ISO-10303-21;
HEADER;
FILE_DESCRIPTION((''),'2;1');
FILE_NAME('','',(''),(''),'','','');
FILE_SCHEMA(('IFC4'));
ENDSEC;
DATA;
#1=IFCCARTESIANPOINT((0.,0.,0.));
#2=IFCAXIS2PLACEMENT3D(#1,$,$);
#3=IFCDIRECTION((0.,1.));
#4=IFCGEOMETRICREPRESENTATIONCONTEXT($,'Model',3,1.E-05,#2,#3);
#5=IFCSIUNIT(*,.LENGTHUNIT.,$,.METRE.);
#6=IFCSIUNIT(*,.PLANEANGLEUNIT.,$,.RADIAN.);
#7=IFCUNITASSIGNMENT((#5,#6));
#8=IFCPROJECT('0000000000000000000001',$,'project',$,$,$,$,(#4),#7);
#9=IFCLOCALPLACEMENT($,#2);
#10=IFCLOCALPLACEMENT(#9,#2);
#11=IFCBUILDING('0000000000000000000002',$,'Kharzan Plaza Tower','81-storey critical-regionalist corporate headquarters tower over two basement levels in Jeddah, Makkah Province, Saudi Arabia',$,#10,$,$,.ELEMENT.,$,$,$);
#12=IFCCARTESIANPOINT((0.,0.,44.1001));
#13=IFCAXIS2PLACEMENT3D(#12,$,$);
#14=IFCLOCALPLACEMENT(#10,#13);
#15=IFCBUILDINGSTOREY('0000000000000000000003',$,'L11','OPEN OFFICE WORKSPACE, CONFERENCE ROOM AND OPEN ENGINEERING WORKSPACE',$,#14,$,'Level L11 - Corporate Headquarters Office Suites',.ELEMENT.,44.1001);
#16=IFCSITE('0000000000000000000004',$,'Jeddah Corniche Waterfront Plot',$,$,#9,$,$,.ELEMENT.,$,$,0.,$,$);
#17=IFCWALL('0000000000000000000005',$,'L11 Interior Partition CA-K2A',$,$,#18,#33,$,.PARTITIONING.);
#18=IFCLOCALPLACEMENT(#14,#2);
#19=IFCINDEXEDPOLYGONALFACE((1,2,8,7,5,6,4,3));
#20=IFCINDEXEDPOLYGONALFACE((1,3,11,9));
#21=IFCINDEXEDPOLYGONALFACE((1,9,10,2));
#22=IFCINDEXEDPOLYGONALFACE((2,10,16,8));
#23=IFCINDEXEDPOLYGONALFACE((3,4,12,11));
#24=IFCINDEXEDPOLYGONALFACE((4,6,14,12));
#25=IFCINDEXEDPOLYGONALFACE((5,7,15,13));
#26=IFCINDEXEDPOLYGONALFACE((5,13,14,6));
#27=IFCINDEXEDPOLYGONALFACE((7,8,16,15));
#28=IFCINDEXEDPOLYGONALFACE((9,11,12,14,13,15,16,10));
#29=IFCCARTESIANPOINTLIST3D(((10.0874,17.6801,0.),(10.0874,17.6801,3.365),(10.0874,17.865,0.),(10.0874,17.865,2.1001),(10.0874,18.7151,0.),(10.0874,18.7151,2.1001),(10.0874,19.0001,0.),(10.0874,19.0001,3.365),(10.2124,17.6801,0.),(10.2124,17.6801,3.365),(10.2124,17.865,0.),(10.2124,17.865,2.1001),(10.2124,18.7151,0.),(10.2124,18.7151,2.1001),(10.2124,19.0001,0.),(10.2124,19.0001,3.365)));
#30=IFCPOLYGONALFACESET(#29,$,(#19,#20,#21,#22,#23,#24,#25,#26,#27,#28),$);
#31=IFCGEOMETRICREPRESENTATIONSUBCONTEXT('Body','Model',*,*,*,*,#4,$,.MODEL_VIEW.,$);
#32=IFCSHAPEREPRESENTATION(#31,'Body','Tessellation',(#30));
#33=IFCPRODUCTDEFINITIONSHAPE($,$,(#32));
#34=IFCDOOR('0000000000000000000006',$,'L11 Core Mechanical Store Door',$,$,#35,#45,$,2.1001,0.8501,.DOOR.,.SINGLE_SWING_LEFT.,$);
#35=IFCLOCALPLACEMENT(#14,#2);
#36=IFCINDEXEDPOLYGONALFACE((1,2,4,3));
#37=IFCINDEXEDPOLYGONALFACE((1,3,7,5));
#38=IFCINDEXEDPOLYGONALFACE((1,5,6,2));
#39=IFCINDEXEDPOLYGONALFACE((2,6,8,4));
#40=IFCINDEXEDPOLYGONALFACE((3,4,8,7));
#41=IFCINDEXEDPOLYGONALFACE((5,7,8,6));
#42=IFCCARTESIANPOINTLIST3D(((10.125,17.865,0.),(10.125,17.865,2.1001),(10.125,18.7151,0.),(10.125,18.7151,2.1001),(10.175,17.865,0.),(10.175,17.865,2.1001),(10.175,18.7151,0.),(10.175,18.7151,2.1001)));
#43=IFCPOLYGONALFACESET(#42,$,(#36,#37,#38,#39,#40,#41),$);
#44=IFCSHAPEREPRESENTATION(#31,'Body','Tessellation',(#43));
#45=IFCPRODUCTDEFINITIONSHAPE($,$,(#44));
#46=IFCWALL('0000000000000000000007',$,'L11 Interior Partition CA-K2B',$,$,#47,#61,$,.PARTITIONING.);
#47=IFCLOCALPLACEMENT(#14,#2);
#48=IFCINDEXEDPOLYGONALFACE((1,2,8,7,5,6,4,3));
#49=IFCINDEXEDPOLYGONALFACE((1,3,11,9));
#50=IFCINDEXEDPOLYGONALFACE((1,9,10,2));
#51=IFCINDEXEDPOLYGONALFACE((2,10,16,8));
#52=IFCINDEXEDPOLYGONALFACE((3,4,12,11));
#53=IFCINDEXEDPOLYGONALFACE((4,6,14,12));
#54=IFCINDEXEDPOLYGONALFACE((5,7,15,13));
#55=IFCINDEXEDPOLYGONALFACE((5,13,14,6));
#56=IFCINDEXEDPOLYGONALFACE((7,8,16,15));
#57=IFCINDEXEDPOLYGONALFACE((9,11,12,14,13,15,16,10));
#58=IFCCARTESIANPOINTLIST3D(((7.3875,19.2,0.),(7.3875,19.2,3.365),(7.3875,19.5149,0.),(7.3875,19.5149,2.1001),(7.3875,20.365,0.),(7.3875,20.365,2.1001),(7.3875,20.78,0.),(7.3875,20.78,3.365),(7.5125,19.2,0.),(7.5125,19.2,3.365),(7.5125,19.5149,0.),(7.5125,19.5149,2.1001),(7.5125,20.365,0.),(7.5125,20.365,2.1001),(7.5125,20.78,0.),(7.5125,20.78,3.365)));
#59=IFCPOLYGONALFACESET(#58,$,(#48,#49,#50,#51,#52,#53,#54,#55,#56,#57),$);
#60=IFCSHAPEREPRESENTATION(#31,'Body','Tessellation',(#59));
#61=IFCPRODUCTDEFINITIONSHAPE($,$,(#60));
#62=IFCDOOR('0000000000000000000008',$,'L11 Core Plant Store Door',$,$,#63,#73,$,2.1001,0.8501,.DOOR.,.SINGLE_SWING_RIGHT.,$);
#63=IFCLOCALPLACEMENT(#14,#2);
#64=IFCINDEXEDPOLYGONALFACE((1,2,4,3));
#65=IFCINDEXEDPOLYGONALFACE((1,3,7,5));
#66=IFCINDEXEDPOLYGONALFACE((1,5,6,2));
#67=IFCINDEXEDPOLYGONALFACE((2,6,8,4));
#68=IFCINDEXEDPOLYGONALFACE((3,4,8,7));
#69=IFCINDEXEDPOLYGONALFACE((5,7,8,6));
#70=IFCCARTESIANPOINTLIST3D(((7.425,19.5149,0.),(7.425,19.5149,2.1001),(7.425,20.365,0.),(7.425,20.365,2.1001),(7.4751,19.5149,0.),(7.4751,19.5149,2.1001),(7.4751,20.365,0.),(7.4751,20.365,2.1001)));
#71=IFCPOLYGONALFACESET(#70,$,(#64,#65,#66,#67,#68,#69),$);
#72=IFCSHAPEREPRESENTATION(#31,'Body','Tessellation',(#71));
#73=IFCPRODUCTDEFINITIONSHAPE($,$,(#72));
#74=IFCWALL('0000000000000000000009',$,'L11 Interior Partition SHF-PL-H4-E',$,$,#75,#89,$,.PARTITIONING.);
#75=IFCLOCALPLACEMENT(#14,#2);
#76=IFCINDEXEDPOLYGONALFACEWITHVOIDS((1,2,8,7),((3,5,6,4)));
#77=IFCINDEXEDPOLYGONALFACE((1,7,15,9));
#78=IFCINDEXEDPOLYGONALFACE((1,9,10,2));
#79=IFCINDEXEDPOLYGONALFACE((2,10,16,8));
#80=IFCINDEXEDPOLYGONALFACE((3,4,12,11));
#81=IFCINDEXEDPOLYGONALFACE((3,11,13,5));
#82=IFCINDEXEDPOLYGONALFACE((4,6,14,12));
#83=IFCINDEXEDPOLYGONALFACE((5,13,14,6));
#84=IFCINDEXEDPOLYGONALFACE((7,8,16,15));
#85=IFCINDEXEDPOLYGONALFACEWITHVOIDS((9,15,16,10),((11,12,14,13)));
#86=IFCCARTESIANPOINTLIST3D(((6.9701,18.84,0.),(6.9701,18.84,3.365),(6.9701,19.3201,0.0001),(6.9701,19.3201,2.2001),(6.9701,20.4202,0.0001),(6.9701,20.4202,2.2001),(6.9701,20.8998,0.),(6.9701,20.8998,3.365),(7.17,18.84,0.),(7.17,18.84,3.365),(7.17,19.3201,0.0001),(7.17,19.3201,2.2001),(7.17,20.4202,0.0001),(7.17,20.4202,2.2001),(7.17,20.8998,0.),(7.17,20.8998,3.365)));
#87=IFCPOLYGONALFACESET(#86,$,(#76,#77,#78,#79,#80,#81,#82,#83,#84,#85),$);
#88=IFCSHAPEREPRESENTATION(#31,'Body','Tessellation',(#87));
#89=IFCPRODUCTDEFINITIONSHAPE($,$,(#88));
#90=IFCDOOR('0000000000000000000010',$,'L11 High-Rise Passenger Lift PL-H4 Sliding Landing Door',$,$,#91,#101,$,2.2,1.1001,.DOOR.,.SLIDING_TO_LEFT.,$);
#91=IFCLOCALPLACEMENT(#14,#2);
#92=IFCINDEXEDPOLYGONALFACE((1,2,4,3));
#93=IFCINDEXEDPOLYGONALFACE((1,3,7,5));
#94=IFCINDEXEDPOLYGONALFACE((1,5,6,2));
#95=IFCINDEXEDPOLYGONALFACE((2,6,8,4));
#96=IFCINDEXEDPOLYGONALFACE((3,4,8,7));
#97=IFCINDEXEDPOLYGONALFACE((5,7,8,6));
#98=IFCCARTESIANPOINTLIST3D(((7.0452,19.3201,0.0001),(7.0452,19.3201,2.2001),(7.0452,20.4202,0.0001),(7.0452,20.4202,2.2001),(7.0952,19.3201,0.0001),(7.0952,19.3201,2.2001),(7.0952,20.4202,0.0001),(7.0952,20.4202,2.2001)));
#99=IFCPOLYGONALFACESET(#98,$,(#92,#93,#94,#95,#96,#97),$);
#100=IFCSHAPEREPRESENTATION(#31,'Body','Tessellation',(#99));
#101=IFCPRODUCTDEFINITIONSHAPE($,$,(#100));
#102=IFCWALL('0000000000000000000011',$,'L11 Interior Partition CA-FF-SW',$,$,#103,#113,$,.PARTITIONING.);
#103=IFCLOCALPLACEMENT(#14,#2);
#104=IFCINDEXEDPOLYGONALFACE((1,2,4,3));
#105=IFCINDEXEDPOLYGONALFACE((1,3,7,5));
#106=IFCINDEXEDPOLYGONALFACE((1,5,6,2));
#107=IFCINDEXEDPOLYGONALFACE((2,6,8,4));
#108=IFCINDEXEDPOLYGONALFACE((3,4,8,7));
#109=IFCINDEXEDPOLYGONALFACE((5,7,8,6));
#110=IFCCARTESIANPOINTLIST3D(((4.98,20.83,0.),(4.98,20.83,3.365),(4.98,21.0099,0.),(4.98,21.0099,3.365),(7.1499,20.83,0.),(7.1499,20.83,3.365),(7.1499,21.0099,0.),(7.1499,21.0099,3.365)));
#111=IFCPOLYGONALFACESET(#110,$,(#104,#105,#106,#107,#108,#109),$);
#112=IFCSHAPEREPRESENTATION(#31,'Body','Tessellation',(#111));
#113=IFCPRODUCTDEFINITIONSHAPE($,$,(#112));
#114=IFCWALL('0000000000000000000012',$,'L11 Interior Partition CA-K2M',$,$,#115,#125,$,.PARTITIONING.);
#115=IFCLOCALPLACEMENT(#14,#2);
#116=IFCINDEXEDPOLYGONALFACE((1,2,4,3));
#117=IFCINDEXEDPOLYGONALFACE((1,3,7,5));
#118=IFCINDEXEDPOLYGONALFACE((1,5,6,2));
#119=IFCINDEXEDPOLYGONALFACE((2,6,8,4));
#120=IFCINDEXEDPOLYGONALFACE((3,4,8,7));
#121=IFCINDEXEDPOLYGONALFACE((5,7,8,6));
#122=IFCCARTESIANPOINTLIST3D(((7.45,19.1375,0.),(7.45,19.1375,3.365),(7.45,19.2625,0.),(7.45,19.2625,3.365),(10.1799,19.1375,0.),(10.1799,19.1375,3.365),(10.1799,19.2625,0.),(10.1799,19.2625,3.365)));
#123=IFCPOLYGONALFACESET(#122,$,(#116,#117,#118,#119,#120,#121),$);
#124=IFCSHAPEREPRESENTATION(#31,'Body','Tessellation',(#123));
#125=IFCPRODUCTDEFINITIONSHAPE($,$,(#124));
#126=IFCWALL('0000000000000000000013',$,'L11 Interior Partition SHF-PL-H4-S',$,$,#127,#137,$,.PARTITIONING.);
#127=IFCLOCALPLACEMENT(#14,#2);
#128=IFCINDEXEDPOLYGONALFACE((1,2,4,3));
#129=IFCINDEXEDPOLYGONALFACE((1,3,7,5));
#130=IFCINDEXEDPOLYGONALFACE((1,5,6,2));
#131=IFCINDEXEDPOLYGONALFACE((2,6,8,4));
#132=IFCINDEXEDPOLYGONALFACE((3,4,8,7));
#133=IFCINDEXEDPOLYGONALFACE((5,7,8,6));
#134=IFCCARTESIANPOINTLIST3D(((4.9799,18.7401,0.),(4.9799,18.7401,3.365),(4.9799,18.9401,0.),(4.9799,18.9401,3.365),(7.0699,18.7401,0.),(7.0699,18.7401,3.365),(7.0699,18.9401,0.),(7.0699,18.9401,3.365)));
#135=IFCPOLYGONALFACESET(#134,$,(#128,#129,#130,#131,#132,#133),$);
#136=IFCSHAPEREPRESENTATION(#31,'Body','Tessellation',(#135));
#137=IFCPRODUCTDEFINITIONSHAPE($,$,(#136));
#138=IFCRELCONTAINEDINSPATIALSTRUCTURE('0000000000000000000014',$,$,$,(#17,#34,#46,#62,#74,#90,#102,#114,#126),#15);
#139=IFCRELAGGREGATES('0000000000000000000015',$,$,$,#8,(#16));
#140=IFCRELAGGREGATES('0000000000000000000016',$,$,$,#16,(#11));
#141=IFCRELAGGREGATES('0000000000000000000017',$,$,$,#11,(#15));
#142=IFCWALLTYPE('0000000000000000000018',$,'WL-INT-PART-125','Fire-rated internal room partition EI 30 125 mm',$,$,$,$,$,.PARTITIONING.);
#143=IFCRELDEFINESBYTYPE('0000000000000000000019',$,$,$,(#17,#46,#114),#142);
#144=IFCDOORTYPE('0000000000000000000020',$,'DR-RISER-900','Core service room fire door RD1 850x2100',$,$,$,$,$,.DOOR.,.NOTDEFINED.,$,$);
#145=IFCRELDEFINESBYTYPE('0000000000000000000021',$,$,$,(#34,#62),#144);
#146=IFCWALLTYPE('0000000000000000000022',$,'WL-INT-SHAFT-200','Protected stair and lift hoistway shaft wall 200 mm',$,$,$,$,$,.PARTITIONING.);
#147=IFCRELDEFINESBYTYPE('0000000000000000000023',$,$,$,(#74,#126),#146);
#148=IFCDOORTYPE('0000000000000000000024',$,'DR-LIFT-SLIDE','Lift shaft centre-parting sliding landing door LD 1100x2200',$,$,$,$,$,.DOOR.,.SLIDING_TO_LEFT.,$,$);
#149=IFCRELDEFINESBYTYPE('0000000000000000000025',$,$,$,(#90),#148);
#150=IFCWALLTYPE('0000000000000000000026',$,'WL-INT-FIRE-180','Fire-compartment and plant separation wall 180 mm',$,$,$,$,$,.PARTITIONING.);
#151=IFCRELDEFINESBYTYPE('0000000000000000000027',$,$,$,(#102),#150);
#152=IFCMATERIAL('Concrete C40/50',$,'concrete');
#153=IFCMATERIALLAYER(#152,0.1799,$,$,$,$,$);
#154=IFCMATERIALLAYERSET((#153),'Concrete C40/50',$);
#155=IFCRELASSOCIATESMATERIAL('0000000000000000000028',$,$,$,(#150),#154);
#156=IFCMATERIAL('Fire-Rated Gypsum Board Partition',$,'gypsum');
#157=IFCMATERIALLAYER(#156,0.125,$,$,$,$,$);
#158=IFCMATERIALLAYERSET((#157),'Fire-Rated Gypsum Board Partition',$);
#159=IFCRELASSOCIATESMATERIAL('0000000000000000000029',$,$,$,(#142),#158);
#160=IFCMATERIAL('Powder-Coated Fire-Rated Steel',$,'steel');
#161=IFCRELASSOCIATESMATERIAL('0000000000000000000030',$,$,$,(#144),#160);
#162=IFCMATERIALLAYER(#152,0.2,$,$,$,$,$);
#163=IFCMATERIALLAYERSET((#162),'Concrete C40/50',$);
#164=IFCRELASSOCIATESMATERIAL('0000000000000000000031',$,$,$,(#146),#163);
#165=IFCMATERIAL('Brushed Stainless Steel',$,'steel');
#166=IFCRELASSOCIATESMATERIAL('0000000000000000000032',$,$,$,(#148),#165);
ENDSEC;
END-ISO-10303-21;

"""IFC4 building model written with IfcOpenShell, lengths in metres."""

from ifc_helpers import new_model, si_unit, direction, frame, frame_2d, origin, place, context, subcontext, project, spatial, rectangle, extrude, source, transform, mapped, material, layer, layer_set, type_object, element, fill, save


model = new_model("IFC4")

# Units and contexts
model_context = context("Model", 3, precision=1e-05, world=origin(), true_north=direction((0.0, 1.0)))
body_context = subcontext(model_context, "Body", "Model", "MODEL_VIEW")
ifc_project = project(units=[si_unit("LENGTHUNIT", "METRE"), si_unit("PLANEANGLEUNIT", "RADIAN")], contexts=[model_context])

# Site, building, storey
site_placement = place(None, origin())
site = spatial("IfcSite", under=ifc_project, at=site_placement, Name="Jeddah Corniche Waterfront Plot", CompositionType="ELEMENT", RefElevation=0.0)
building_placement = place(site_placement, origin())
building = spatial("IfcBuilding", under=site, at=building_placement, Name="Kharzan Plaza Tower", Description="81-storey critical-regionalist corporate headquarters tower over two basement levels in Jeddah, Makkah Province, Saudi Arabia", CompositionType="ELEMENT")
storey_placement = place(building_placement, frame((0.0, 0.0, 44.1001)))
storey = spatial("IfcBuildingStorey", under=building, at=storey_placement, Name="L11", Description="OPEN OFFICE WORKSPACE, CONFERENCE ROOM AND OPEN ENGINEERING WORKSPACE", LongName="Level L11 - Corporate Headquarters Office Suites", CompositionType="ELEMENT", Elevation=44.1001)

# Shared definitions
ifc_material_1 = material(Name="Concrete C40/50", Category="concrete")

# Walls, openings, doors
ifc_layer_1 = layer(ifc_material_1, 0.1799)
ifc_layer_set_1 = layer_set([ifc_layer_1], Name="Concrete C40/50")
wall_type_1 = type_object("IfcWallType", Name="WL-INT-FIRE-180", Description="Fire-compartment and plant separation wall 180 mm", PredefinedType="PARTITIONING", material=ifc_layer_set_1)
ifc_material_2 = material(Name="Fire-Rated Gypsum Board Partition", Category="gypsum")
ifc_layer_2 = layer(ifc_material_2, 0.125)
ifc_layer_set_2 = layer_set([ifc_layer_2], Name="Fire-Rated Gypsum Board Partition")
wall_type_2 = type_object("IfcWallType", Name="WL-INT-PART-125", Description="Fire-rated internal room partition EI 30 125 mm", PredefinedType="PARTITIONING", material=ifc_layer_set_2)
wall_1_placement = place(storey_placement, frame((10.1499, 17.6799, 0.0), z_axis=(0.0, 0.0, 1.0), x_axis=(0.0, 1.0, 0.0)))
wall_1 = element("IfcWall", 1, at=wall_1_placement, inside=storey, type_object=wall_type_2, Name="L11 Interior Partition CA-K2A", PredefinedType="PARTITIONING", context=body_context, shape_type="SweptSolid", body=[
    extrude(rectangle(XDim=1.3201, YDim=0.125, at=frame_2d((0.6602, 0.0))), origin(), (0.0, 0.0, 1.0), 3.365),
])
opening_1_placement = place(wall_1_placement, frame((0.1851, 0.0, 0.0)))
opening_1 = element("IfcOpeningElement", 2, at=opening_1_placement, cuts=wall_1, PredefinedType="OPENING", context=body_context, shape_type="SweptSolid", body=[
    extrude(rectangle(XDim=0.8501, YDim=2.1001, at=frame_2d((0.425, 1.05))), frame((0.0, 0.0725, 0.0), z_axis=(0.0, -1.0, 0.0), x_axis=(1.0, 0.0, 0.0)), (0.0, 0.0, 1.0), 0.145),
])
ifc_material_3 = material(Name="Powder-Coated Fire-Rated Steel", Category="steel")
door_type_1 = type_object("IfcDoorType", Name="DR-RISER-900", Description="Core service room fire door RD1 850x2100", OperationType="NOTDEFINED", PredefinedType="DOOR", material=ifc_material_3)
shared_shape_1 = source(origin(), body_context, "Body", "SweptSolid", [
    extrude(rectangle(XDim=0.8501, YDim=2.1001, at=frame_2d((0.425, 1.05))), frame((0.0, 0.0249, 0.0), z_axis=(0.0, -1.0, 0.0), x_axis=(1.0, 0.0, 0.0)), (0.0, 0.0, 1.0), 0.05),
])
door_1_placement = place(opening_1_placement, origin())
door_1 = element("IfcDoor", 3, at=door_1_placement, inside=storey, type_object=door_type_1, Name="L11 Core Mechanical Store Door", OperationType="SINGLE_SWING_LEFT", OverallHeight=2.1001, OverallWidth=0.8501, PredefinedType="DOOR", context=body_context, shape_type="MappedRepresentation", body=[
    mapped(shared_shape_1, transform((0.0, 0.0, 0.0), x_axis=(1.0, 0.0, 0.0), y_axis=(0.0, 1.0, 0.0), z_axis=(0.0, 0.0, 1.0))),
])
fill(opening_1, door_1)
wall_2_placement = place(storey_placement, frame((7.45, 19.2, 0.0), z_axis=(0.0, 0.0, 1.0), x_axis=(0.0, 1.0, 0.0)))
wall_2 = element("IfcWall", 4, at=wall_2_placement, inside=storey, type_object=wall_type_2, Name="L11 Interior Partition CA-K2B", PredefinedType="PARTITIONING", context=body_context, shape_type="SweptSolid", body=[
    extrude(rectangle(XDim=1.5801, YDim=0.125, at=frame_2d((0.79, 0.0))), origin(), (0.0, 0.0, 1.0), 3.365),
])
opening_2_placement = place(wall_2_placement, frame((0.3149, 0.0, 0.0)))
opening_2 = element("IfcOpeningElement", 5, at=opening_2_placement, cuts=wall_2, PredefinedType="OPENING", context=body_context, shape_type="SweptSolid", body=[
    extrude(rectangle(XDim=0.8501, YDim=2.1001, at=frame_2d((0.425, 1.05))), frame((0.0, 0.0725, 0.0), z_axis=(0.0, -1.0, 0.0), x_axis=(1.0, 0.0, 0.0)), (0.0, 0.0, 1.0), 0.145),
])
door_2_placement = place(opening_2_placement, origin())
door_2 = element("IfcDoor", 6, at=door_2_placement, inside=storey, type_object=door_type_1, Name="L11 Core Plant Store Door", OperationType="SINGLE_SWING_RIGHT", OverallHeight=2.1001, OverallWidth=0.8501, PredefinedType="DOOR", context=body_context, shape_type="MappedRepresentation", body=[
    mapped(shared_shape_1, transform((0.0, 0.0, 0.0), x_axis=(1.0, 0.0, 0.0), y_axis=(0.0, 1.0, 0.0), z_axis=(0.0, 0.0, 1.0))),
])
fill(opening_2, door_2)
ifc_layer_3 = layer(ifc_material_1, 0.2)
ifc_layer_set_3 = layer_set([ifc_layer_3], Name="Concrete C40/50")
wall_type_3 = type_object("IfcWallType", Name="WL-INT-SHAFT-200", Description="Protected stair and lift hoistway shaft wall 200 mm", PredefinedType="PARTITIONING", material=ifc_layer_set_3)
wall_3_placement = place(storey_placement, frame((7.0701, 18.8401, 0.0), z_axis=(0.0, 0.0, 1.0), x_axis=(0.0, 1.0, 0.0)))
wall_3 = element("IfcWall", 7, at=wall_3_placement, inside=storey, type_object=wall_type_3, Name="L11 Interior Partition SHF-PL-H4-E", PredefinedType="PARTITIONING", context=body_context, shape_type="SweptSolid", body=[
    extrude(rectangle(XDim=2.0598, YDim=0.2, at=frame_2d((1.0298, 0.0))), origin(), (0.0, 0.0, 1.0), 3.365),
])
opening_3_placement = place(wall_3_placement, frame((0.48, 0.0, 0.0)))
opening_3 = element("IfcOpeningElement", 8, at=opening_3_placement, cuts=wall_3, PredefinedType="OPENING", context=body_context, shape_type="SweptSolid", body=[
    extrude(rectangle(XDim=1.1001, YDim=2.2, at=frame_2d((0.55, 1.1001))), frame((0.0, 0.1099, 0.0), z_axis=(0.0, -1.0, 0.0), x_axis=(1.0, 0.0, 0.0)), (0.0, 0.0, 1.0), 0.22),
])
ifc_material_4 = material(Name="Brushed Stainless Steel", Category="steel")
door_type_2 = type_object("IfcDoorType", Name="DR-LIFT-SLIDE", Description="Lift shaft centre-parting sliding landing door LD 1100x2200", OperationType="SLIDING_TO_LEFT", PredefinedType="DOOR", material=ifc_material_4)
shared_shape_2 = source(origin(), body_context, "Body", "SweptSolid", [
    extrude(rectangle(XDim=1.1001, YDim=2.2, at=frame_2d((0.55, 1.1001))), frame((0.0, 0.0249, 0.0), z_axis=(0.0, -1.0, 0.0), x_axis=(1.0, 0.0, 0.0)), (0.0, 0.0, 1.0), 0.05),
])
door_3_placement = place(opening_3_placement, origin())
door_3 = element("IfcDoor", 9, at=door_3_placement, inside=storey, type_object=door_type_2, Name="L11 High-Rise Passenger Lift PL-H4 Sliding Landing Door", OperationType="SLIDING_TO_LEFT", OverallHeight=2.2, OverallWidth=1.1001, PredefinedType="DOOR", context=body_context, shape_type="MappedRepresentation", body=[
    mapped(shared_shape_2, transform((0.0, 0.0, 0.0), x_axis=(1.0, 0.0, 0.0), y_axis=(0.0, 1.0, 0.0), z_axis=(0.0, 0.0, 1.0))),
])
fill(opening_3, door_3)

# Walls
shared_shape_3 = source(origin(), body_context, "Body", "SweptSolid", [
    extrude(rectangle(XDim=2.1699, YDim=0.1799, at=frame_2d((1.085, 0.0))), origin(), (0.0, 0.0, 1.0), 3.365),
])
wall_4_placement = place(storey_placement, frame((4.98, 20.9199, 0.0), z_axis=(0.0, 0.0, 1.0), x_axis=(1.0, 0.0, 0.0)))
element("IfcWall", 10, at=wall_4_placement, inside=storey, type_object=wall_type_1, Name="L11 Interior Partition CA-FF-SW", PredefinedType="PARTITIONING", context=body_context, shape_type="MappedRepresentation", body=[
    mapped(shared_shape_3, transform((0.0, 0.0, 0.0), x_axis=(1.0, 0.0, 0.0), y_axis=(0.0, 1.0, 0.0), z_axis=(0.0, 0.0, 1.0))),
])
shared_shape_4 = source(origin(), body_context, "Body", "SweptSolid", [
    extrude(rectangle(XDim=2.73, YDim=0.125, at=frame_2d((1.365, 0.0))), origin(), (0.0, 0.0, 1.0), 3.365),
])
wall_5_placement = place(storey_placement, frame((7.45, 19.2, 0.0), z_axis=(0.0, 0.0, 1.0), x_axis=(1.0, 0.0, 0.0)))
element("IfcWall", 11, at=wall_5_placement, inside=storey, type_object=wall_type_2, Name="L11 Interior Partition CA-K2M", PredefinedType="PARTITIONING", context=body_context, shape_type="MappedRepresentation", body=[
    mapped(shared_shape_4, transform((0.0, 0.0, 0.0), x_axis=(1.0, 0.0, 0.0), y_axis=(0.0, 1.0, 0.0), z_axis=(0.0, 0.0, 1.0))),
])
shared_shape_5 = source(origin(), body_context, "Body", "SweptSolid", [
    extrude(rectangle(XDim=2.0901, YDim=0.2, at=frame_2d((1.0449, 0.0))), origin(), (0.0, 0.0, 1.0), 3.365),
])
wall_6_placement = place(storey_placement, frame((4.98, 18.8401, 0.0), z_axis=(0.0, 0.0, 1.0), x_axis=(1.0, 0.0, 0.0)))
element("IfcWall", 12, at=wall_6_placement, inside=storey, type_object=wall_type_3, Name="L11 Interior Partition SHF-PL-H4-S", PredefinedType="PARTITIONING", context=body_context, shape_type="MappedRepresentation", body=[
    mapped(shared_shape_5, transform((0.0, 0.0, 0.0), x_axis=(1.0, 0.0, 0.0), y_axis=(0.0, 1.0, 0.0), z_axis=(0.0, 0.0, 1.0))),
])

save(model, "model.ifc")
